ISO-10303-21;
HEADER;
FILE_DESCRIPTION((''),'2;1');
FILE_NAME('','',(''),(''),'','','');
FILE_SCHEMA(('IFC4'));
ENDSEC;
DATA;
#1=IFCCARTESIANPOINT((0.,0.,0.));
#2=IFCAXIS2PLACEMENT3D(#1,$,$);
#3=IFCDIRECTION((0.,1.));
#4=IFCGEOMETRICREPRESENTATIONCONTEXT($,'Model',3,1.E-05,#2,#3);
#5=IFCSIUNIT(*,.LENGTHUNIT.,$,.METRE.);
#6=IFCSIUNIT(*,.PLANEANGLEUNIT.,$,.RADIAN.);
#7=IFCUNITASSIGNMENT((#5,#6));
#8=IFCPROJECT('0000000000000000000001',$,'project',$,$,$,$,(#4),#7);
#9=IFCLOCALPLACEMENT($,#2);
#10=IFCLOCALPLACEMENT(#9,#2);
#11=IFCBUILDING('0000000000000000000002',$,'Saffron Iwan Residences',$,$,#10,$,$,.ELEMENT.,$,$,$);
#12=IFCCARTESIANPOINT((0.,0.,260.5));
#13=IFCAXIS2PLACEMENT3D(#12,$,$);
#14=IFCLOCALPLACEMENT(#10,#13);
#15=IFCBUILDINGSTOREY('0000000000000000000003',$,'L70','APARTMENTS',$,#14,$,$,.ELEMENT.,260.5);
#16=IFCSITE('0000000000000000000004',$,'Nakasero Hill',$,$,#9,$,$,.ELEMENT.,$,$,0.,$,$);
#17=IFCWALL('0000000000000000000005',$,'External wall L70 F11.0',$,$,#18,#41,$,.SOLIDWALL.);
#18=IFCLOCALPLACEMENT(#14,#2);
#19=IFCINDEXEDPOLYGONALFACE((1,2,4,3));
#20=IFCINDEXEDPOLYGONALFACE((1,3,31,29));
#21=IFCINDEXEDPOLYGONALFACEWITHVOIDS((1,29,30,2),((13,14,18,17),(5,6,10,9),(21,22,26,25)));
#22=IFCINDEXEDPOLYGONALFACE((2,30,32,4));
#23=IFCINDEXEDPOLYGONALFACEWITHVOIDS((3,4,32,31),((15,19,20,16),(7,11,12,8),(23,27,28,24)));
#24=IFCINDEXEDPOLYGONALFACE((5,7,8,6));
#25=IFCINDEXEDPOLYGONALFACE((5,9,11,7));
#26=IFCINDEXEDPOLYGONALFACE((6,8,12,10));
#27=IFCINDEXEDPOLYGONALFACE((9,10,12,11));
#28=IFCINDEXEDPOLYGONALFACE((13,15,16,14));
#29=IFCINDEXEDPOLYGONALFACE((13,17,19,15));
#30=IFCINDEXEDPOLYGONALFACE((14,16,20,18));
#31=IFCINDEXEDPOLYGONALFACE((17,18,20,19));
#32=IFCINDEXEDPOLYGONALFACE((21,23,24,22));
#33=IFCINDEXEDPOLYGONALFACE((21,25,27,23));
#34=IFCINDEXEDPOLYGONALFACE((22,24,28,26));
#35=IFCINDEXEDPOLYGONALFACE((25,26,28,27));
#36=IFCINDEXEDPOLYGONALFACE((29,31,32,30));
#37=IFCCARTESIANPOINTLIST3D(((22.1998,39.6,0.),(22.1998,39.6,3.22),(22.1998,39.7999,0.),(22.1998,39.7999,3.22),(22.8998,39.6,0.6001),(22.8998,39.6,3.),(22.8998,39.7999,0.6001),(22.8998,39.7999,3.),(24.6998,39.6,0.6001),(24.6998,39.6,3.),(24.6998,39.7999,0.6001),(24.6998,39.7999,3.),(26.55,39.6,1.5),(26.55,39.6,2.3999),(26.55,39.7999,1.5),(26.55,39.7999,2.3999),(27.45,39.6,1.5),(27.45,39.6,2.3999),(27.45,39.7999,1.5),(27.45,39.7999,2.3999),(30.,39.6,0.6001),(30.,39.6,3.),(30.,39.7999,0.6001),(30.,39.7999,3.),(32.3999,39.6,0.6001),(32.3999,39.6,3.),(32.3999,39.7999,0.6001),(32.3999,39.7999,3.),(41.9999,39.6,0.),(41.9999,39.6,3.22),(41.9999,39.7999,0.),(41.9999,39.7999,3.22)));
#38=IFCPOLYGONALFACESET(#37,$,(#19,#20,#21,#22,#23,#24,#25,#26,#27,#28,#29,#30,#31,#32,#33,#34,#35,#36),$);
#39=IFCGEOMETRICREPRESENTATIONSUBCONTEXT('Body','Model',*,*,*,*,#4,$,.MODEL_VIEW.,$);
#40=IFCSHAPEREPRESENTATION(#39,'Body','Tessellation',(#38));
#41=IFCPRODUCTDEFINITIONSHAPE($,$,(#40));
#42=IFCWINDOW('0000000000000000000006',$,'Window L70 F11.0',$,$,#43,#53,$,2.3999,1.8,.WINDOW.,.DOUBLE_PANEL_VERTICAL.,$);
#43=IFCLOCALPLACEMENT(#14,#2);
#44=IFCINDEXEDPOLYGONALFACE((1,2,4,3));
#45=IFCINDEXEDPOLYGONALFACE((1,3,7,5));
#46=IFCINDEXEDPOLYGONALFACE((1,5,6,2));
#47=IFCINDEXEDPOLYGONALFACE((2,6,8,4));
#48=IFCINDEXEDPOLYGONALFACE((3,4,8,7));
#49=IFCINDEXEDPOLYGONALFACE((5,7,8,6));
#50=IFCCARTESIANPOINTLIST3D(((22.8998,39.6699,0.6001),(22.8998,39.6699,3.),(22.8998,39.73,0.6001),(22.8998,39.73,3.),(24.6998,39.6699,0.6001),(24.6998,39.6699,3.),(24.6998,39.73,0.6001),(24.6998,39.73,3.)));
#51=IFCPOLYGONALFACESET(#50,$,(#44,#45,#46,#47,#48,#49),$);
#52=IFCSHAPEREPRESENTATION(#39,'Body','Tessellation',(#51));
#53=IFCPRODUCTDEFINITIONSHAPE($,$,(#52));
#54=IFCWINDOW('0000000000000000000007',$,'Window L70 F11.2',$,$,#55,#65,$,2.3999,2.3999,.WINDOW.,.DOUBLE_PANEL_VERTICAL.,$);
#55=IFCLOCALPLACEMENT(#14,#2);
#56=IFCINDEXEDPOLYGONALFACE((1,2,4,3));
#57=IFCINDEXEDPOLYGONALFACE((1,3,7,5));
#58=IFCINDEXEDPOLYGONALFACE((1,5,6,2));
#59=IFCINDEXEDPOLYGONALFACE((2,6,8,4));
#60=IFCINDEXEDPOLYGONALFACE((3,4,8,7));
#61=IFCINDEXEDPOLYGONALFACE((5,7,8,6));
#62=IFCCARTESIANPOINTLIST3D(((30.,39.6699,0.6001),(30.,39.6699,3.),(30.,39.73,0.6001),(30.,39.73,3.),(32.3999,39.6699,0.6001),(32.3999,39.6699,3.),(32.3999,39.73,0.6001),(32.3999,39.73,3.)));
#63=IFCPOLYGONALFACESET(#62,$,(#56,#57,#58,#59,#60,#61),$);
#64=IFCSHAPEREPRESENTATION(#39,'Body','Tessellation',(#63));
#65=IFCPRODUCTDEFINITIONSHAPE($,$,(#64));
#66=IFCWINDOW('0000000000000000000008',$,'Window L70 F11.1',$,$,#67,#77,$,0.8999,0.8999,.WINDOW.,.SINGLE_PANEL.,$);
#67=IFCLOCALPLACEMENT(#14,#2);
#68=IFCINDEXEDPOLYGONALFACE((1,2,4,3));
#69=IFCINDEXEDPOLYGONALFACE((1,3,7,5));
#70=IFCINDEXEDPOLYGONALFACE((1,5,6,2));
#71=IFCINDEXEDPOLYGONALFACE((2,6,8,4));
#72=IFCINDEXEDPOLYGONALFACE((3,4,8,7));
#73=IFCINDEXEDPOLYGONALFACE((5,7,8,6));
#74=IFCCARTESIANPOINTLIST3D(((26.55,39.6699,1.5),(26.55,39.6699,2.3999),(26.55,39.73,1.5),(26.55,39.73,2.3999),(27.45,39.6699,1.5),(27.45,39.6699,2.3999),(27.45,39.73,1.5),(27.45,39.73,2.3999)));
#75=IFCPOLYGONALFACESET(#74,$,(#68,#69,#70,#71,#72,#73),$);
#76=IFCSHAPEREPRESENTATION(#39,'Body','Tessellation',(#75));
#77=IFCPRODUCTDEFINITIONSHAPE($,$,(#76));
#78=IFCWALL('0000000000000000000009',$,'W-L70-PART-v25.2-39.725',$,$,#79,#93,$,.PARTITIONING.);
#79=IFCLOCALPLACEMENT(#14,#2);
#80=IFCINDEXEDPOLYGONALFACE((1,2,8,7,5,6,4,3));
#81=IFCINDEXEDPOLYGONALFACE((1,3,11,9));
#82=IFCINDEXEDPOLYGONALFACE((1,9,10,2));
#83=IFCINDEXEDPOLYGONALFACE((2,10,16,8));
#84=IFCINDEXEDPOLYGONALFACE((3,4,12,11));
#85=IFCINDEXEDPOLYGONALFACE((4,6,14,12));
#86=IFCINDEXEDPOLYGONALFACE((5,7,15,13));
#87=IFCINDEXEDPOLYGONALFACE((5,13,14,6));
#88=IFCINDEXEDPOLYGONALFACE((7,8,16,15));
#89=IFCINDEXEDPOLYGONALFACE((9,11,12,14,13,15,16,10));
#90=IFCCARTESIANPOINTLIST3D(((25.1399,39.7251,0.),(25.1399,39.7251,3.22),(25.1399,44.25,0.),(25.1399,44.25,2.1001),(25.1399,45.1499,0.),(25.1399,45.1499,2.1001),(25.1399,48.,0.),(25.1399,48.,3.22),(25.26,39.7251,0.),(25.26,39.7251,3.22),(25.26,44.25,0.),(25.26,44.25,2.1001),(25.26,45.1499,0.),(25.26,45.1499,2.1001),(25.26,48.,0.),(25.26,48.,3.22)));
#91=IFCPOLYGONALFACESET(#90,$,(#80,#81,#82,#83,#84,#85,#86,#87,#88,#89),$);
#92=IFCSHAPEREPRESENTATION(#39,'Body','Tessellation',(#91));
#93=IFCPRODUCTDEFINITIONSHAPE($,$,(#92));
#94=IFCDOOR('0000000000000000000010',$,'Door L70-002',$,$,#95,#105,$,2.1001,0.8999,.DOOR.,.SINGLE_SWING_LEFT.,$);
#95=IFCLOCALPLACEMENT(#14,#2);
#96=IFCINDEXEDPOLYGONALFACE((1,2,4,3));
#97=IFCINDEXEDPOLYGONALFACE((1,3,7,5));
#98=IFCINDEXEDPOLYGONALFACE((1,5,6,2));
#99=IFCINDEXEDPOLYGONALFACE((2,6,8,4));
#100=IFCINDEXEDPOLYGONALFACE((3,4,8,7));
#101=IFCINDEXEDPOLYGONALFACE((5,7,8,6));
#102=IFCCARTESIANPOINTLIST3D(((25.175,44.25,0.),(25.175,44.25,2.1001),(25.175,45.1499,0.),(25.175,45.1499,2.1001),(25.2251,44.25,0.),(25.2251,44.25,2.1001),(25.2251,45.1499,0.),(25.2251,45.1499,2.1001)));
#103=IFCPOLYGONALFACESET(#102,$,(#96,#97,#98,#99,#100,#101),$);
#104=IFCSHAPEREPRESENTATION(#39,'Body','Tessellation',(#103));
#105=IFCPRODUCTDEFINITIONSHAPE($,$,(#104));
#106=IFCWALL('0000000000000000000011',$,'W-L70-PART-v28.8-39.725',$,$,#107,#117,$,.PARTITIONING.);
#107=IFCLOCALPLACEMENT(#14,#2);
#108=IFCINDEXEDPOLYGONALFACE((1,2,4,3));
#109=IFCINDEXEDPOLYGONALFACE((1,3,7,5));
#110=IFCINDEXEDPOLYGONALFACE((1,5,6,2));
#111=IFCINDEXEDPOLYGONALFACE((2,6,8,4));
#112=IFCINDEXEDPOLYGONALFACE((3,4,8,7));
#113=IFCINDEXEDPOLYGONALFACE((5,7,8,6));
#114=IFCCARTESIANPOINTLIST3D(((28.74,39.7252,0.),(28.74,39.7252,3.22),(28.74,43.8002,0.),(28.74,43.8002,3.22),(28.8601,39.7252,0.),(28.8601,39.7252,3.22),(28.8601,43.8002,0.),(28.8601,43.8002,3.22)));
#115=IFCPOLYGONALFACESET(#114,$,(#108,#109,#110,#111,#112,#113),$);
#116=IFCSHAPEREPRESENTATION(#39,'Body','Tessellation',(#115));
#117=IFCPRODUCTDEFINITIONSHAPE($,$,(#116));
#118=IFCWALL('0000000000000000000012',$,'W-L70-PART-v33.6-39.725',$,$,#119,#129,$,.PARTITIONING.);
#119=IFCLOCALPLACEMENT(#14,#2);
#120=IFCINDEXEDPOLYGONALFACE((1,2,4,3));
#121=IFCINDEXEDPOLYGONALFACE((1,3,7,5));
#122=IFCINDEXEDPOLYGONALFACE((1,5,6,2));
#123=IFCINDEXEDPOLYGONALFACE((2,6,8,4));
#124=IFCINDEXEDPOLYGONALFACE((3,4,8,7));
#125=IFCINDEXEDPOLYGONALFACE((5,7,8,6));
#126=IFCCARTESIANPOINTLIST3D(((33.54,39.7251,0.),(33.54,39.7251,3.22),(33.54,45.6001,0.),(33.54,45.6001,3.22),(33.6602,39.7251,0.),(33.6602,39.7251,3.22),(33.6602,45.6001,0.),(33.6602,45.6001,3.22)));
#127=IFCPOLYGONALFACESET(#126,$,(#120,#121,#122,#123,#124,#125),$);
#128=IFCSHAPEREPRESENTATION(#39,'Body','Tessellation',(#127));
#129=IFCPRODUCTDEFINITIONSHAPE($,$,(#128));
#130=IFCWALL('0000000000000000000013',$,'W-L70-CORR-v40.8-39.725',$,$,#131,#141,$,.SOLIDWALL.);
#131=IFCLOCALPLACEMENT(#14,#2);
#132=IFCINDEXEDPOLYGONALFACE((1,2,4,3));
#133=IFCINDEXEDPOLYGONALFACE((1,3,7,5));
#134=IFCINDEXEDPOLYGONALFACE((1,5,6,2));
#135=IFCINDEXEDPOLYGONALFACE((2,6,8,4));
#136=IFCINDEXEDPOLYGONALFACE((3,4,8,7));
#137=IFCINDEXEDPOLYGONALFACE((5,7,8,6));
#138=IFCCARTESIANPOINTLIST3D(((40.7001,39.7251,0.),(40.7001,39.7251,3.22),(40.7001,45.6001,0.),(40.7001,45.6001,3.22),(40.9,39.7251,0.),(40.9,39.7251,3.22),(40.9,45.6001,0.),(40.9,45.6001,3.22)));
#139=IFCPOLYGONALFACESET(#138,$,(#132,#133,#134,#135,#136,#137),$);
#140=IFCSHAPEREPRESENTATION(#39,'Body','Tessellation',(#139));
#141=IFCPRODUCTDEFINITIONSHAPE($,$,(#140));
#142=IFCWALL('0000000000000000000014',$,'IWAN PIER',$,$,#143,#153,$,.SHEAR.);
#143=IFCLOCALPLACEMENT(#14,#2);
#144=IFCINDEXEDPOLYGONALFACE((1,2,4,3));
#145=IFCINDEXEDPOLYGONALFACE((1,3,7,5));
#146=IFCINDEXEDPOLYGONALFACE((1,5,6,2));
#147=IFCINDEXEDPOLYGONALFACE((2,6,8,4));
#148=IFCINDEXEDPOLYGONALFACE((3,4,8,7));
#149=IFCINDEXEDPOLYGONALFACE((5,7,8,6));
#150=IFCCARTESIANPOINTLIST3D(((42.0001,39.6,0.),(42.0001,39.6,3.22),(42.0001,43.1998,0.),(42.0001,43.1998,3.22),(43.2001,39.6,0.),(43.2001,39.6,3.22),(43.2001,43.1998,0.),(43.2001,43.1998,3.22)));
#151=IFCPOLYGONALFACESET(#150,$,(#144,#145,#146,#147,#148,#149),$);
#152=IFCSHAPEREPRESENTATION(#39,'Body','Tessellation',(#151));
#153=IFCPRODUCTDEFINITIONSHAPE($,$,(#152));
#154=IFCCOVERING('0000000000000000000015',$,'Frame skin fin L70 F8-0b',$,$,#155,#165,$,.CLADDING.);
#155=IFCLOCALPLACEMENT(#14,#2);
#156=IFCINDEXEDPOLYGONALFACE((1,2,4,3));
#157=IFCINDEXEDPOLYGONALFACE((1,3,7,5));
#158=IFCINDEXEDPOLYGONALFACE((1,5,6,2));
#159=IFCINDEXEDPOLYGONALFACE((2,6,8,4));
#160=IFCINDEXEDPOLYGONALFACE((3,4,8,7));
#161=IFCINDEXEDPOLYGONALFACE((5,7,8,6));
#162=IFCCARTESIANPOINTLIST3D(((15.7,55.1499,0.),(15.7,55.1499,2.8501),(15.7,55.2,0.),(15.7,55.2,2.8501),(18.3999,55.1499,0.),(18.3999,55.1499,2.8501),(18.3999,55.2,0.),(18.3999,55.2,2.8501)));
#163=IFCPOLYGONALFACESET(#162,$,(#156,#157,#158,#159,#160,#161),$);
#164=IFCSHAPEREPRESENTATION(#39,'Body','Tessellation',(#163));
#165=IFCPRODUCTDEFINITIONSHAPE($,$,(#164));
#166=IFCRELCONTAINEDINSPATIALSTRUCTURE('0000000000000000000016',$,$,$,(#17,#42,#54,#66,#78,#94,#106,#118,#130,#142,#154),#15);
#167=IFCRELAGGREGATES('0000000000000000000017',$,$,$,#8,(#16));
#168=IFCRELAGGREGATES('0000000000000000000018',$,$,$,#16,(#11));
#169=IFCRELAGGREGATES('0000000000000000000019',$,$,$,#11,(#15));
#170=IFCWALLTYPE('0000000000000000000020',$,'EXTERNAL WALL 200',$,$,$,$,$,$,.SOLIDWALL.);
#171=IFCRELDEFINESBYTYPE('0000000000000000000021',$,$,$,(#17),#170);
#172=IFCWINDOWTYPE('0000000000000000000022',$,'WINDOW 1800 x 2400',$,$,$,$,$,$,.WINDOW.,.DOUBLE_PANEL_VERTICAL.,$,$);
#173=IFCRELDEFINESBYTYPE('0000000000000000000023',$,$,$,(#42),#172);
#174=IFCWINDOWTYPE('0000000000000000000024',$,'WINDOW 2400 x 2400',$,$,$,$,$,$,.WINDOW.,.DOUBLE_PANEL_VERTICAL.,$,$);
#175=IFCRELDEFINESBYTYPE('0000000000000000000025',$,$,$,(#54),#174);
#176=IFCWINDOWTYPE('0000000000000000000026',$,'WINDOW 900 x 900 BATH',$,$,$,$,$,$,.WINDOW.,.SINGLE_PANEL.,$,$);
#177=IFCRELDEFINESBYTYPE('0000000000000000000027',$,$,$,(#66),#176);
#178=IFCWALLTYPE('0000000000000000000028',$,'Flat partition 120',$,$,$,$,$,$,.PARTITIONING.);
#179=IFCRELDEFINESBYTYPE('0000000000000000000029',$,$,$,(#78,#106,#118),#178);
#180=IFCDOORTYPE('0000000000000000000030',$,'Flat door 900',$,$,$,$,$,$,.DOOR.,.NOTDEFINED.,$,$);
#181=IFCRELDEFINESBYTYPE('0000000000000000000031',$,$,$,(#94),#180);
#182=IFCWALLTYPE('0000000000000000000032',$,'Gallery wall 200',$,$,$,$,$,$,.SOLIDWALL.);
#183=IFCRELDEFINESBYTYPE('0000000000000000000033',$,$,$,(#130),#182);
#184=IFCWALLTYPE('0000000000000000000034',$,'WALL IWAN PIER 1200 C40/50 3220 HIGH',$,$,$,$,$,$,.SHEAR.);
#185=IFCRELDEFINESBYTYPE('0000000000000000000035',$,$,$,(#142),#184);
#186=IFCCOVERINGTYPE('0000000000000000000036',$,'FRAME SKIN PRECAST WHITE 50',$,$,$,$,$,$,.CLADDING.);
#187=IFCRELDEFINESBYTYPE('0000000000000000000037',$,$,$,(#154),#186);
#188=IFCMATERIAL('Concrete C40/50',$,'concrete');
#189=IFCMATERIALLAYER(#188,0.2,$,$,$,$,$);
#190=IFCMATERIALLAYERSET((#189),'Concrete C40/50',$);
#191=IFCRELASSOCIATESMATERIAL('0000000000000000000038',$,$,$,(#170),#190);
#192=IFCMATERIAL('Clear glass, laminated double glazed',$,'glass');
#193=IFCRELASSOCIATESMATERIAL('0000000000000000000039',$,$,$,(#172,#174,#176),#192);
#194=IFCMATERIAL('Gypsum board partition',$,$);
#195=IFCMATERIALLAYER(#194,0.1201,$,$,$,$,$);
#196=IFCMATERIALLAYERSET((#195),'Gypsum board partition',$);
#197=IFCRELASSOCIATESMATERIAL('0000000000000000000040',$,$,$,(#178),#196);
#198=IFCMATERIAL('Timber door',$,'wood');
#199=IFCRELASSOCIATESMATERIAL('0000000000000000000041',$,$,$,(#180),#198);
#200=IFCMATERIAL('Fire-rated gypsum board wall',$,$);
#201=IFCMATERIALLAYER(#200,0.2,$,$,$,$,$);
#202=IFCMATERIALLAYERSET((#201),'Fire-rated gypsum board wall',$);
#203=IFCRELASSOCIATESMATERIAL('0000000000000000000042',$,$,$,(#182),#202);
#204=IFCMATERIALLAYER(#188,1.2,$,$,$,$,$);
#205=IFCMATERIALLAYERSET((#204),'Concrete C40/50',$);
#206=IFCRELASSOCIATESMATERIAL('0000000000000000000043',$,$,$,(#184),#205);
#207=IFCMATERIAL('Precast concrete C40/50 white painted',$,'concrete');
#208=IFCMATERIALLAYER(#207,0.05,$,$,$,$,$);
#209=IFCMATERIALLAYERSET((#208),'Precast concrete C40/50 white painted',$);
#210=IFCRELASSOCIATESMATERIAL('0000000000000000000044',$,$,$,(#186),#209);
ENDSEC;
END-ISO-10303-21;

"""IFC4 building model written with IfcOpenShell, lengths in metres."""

from ifc_helpers import new_model, si_unit, direction, frame, frame_2d, origin, place, context, subcontext, project, spatial, polyline, rectangle, outline, extrude, material, layer, layer_set, type_object, element, fill, save


model = new_model("IFC4")

# Units and contexts
model_context = context("Model", 3, precision=1e-05, world=origin(), true_north=direction((0.0, 1.0)))
body_context = subcontext(model_context, "Body", "Model", "MODEL_VIEW")
ifc_project = project(units=[si_unit("LENGTHUNIT", "METRE"), si_unit("PLANEANGLEUNIT", "RADIAN")], contexts=[model_context])

# Site, building, storey
site_placement = place(None, origin())
site = spatial("IfcSite", under=ifc_project, at=site_placement, Name="Nakasero Hill", CompositionType="ELEMENT", RefElevation=0.0)
building_placement = place(site_placement, origin())
building = spatial("IfcBuilding", under=site, at=building_placement, Name="Saffron Iwan Residences", CompositionType="ELEMENT")
storey_placement = place(building_placement, frame((0.0, 0.0, 260.5)))
storey = spatial("IfcBuildingStorey", under=building, at=storey_placement, Name="L70", Description="APARTMENTS", CompositionType="ELEMENT", Elevation=260.5)

# Shared definitions
ifc_material_1 = material(Name="Clear glass, laminated double glazed", Category="glass")

# Wall, openings, windows
ifc_material_2 = material(Name="Concrete C40/50", Category="concrete")
ifc_layer_1 = layer(ifc_material_2, 0.2)
ifc_layer_set_1 = layer_set([ifc_layer_1], Name="Concrete C40/50")
wall_type_1 = type_object("IfcWallType", Name="EXTERNAL WALL 200", PredefinedType="SOLIDWALL", material=ifc_layer_set_1)
wall_1_placement = place(storey_placement, frame((22.2, 39.7, 0.0), z_axis=(0.0, 0.0, 1.0), x_axis=(1.0, 0.0, 0.0)))
wall_1 = element("IfcWall", 1, at=wall_1_placement, inside=storey, type_object=wall_type_1, Name="External wall L70 F11.0", PredefinedType="SOLIDWALL", context=body_context, shape_type="SweptSolid", body=[
    extrude(rectangle(XDim=19.8, YDim=0.2, at=frame_2d((9.8999, 0.0))), origin(), (0.0, 0.0, 1.0), 3.22),
])
opening_1_placement = place(wall_1_placement, frame((0.7, 0.0, 0.6001)))
opening_1 = element("IfcOpeningElement", 2, at=opening_1_placement, cuts=wall_1, PredefinedType="OPENING", context=body_context, shape_type="SweptSolid", body=[
    extrude(rectangle(XDim=1.8, YDim=2.3999, at=frame_2d((0.8999, 1.2))), frame((0.0, 0.1099, 0.0), z_axis=(0.0, -1.0, 0.0), x_axis=(1.0, 0.0, 0.0)), (0.0, 0.0, 1.0), 0.22),
])
opening_2_placement = place(wall_1_placement, frame((4.3501, 0.0, 1.5)))
opening_2 = element("IfcOpeningElement", 3, at=opening_2_placement, cuts=wall_1, PredefinedType="OPENING", context=body_context, shape_type="SweptSolid", body=[
    extrude(rectangle(XDim=0.8999, YDim=0.8999, at=frame_2d((0.45, 0.45))), frame((0.0, 0.1099, 0.0), z_axis=(0.0, -1.0, 0.0), x_axis=(1.0, 0.0, 0.0)), (0.0, 0.0, 1.0), 0.22),
])
opening_3_placement = place(wall_1_placement, frame((7.8, 0.0, 0.6001)))
opening_3 = element("IfcOpeningElement", 4, at=opening_3_placement, cuts=wall_1, PredefinedType="OPENING", context=body_context, shape_type="SweptSolid", body=[
    extrude(rectangle(XDim=2.3999, YDim=2.3999, at=frame_2d((1.2, 1.2))), frame((0.0, 0.1099, 0.0), z_axis=(0.0, -1.0, 0.0), x_axis=(1.0, 0.0, 0.0)), (0.0, 0.0, 1.0), 0.22),
])
window_type_1 = type_object("IfcWindowType", Name="WINDOW 1800 x 2400", PartitioningType="DOUBLE_PANEL_VERTICAL", PredefinedType="WINDOW", material=ifc_material_1)
window_1_placement = place(opening_1_placement, origin())
window_1 = element("IfcWindow", 5, at=window_1_placement, inside=storey, type_object=window_type_1, Name="Window L70 F11.0", OverallHeight=2.3999, OverallWidth=1.8, PartitioningType="DOUBLE_PANEL_VERTICAL", PredefinedType="WINDOW", context=body_context, shape_type="SweptSolid", body=[
    extrude(rectangle(XDim=1.8, YDim=2.3999, at=frame_2d((0.8999, 1.2))), frame((0.0, 0.03, 0.0), z_axis=(0.0, -1.0, 0.0), x_axis=(1.0, 0.0, 0.0)), (0.0, 0.0, 1.0), 0.0601),
])
fill(opening_1, window_1)
window_type_2 = type_object("IfcWindowType", Name="WINDOW 2400 x 2400", PartitioningType="DOUBLE_PANEL_VERTICAL", PredefinedType="WINDOW", material=ifc_material_1)
window_2_placement = place(opening_3_placement, origin())
window_2 = element("IfcWindow", 6, at=window_2_placement, inside=storey, type_object=window_type_2, Name="Window L70 F11.2", OverallHeight=2.3999, OverallWidth=2.3999, PartitioningType="DOUBLE_PANEL_VERTICAL", PredefinedType="WINDOW", context=body_context, shape_type="SweptSolid", body=[
    extrude(rectangle(XDim=2.3999, YDim=2.3999, at=frame_2d((1.2, 1.2))), frame((0.0, 0.03, 0.0), z_axis=(0.0, -1.0, 0.0), x_axis=(1.0, 0.0, 0.0)), (0.0, 0.0, 1.0), 0.0601),
])
fill(opening_3, window_2)
window_type_3 = type_object("IfcWindowType", Name="WINDOW 900 x 900 BATH", PartitioningType="SINGLE_PANEL", PredefinedType="WINDOW", material=ifc_material_1)
window_3_placement = place(opening_2_placement, origin())
window_3 = element("IfcWindow", 7, at=window_3_placement, inside=storey, type_object=window_type_3, Name="Window L70 F11.1", OverallHeight=0.8999, OverallWidth=0.8999, PartitioningType="SINGLE_PANEL", PredefinedType="WINDOW", context=body_context, shape_type="SweptSolid", body=[
    extrude(rectangle(XDim=0.8999, YDim=0.8999, at=frame_2d((0.45, 0.45))), frame((0.0, 0.03, 0.0), z_axis=(0.0, -1.0, 0.0), x_axis=(1.0, 0.0, 0.0)), (0.0, 0.0, 1.0), 0.0601),
])
fill(opening_2, window_3)

# Wall, opening, door
ifc_material_3 = material(Name="Gypsum board partition")
ifc_layer_2 = layer(ifc_material_3, 0.1201)
ifc_layer_set_2 = layer_set([ifc_layer_2], Name="Gypsum board partition")
wall_type_2 = type_object("IfcWallType", Name="Flat partition 120", PredefinedType="PARTITIONING", material=ifc_layer_set_2)
wall_2_placement = place(storey_placement, frame((25.2, 39.7251, 0.0), z_axis=(0.0, 0.0, 1.0), x_axis=(0.0, 1.0, 0.0)))
wall_2 = element("IfcWall", 8, at=wall_2_placement, inside=storey, type_object=wall_type_2, Name="W-L70-PART-v25.2-39.725", PredefinedType="PARTITIONING", context=body_context, shape_type="SweptSolid", body=[
    extrude(rectangle(XDim=8.2749, YDim=0.1201, at=frame_2d((4.1375, 0.0))), origin(), (0.0, 0.0, 1.0), 3.22),
])
opening_4_placement = place(wall_2_placement, frame((4.5249, 0.0, 0.0)))
opening_4 = element("IfcOpeningElement", 9, at=opening_4_placement, cuts=wall_2, PredefinedType="OPENING", context=body_context, shape_type="SweptSolid", body=[
    extrude(rectangle(XDim=0.8999, YDim=2.1001, at=frame_2d((0.45, 1.05))), frame((0.0, 0.0701, 0.0), z_axis=(0.0, -1.0, 0.0), x_axis=(1.0, 0.0, 0.0)), (0.0, 0.0, 1.0), 0.1401),
])
ifc_material_4 = material(Name="Timber door", Category="wood")
door_type = type_object("IfcDoorType", Name="Flat door 900", OperationType="NOTDEFINED", PredefinedType="DOOR", material=ifc_material_4)
door_placement = place(opening_4_placement, origin())
door = element("IfcDoor", 10, at=door_placement, inside=storey, type_object=door_type, Name="Door L70-002", OperationType="SINGLE_SWING_LEFT", OverallHeight=2.1001, OverallWidth=0.8999, PredefinedType="DOOR", context=body_context, shape_type="SweptSolid", body=[
    extrude(rectangle(XDim=0.8999, YDim=2.1001, at=frame_2d((0.45, 1.05))), frame((0.0, 0.0249, 0.0), z_axis=(0.0, -1.0, 0.0), x_axis=(1.0, 0.0, 0.0)), (0.0, 0.0, 1.0), 0.05),
])
fill(opening_4, door)

# Walls
wall_3_placement = place(storey_placement, frame((28.8, 39.7251, 0.0), z_axis=(0.0, 0.0, 1.0), x_axis=(0.0, 1.0, 0.0)))
element("IfcWall", 11, at=wall_3_placement, inside=storey, type_object=wall_type_2, Name="W-L70-PART-v28.8-39.725", PredefinedType="PARTITIONING", context=body_context, shape_type="SweptSolid", body=[
    extrude(rectangle(XDim=4.075, YDim=0.1201, at=frame_2d((2.0376, 0.0))), origin(), (0.0, 0.0, 1.0), 3.22),
])
wall_4_placement = place(storey_placement, frame((33.6001, 39.7251, 0.0), z_axis=(0.0, 0.0, 1.0), x_axis=(0.0, 1.0, 0.0)))
element("IfcWall", 12, at=wall_4_placement, inside=storey, type_object=wall_type_2, Name="W-L70-PART-v33.6-39.725", PredefinedType="PARTITIONING", context=body_context, shape_type="SweptSolid", body=[
    extrude(rectangle(XDim=5.875, YDim=0.1201, at=frame_2d((2.9375, 0.0))), origin(), (0.0, 0.0, 1.0), 3.22),
])
ifc_material_5 = material(Name="Fire-rated gypsum board wall")
ifc_layer_3 = layer(ifc_material_5, 0.2)
ifc_layer_set_3 = layer_set([ifc_layer_3], Name="Fire-rated gypsum board wall")
wall_type_3 = type_object("IfcWallType", Name="Gallery wall 200", PredefinedType="SOLIDWALL", material=ifc_layer_set_3)
wall_5_placement = place(storey_placement, frame((40.8, 39.7251, 0.0), z_axis=(0.0, 0.0, 1.0), x_axis=(0.0, 1.0, 0.0)))
element("IfcWall", 13, at=wall_5_placement, inside=storey, type_object=wall_type_3, Name="W-L70-CORR-v40.8-39.725", PredefinedType="SOLIDWALL", context=body_context, shape_type="SweptSolid", body=[
    extrude(rectangle(XDim=5.875, YDim=0.2, at=frame_2d((2.9375, 0.0))), origin(), (0.0, 0.0, 1.0), 3.22),
])
ifc_layer_4 = layer(ifc_material_2, 1.2)
ifc_layer_set_4 = layer_set([ifc_layer_4], Name="Concrete C40/50")
wall_type_4 = type_object("IfcWallType", Name="WALL IWAN PIER 1200 C40/50 3220 HIGH", PredefinedType="SHEAR", material=ifc_layer_set_4)
wall_6_placement = place(storey_placement, frame((42.6001, 39.6001, 0.0), z_axis=(0.0, 0.0, 1.0), x_axis=(0.0, 1.0, 0.0)))
element("IfcWall", 14, at=wall_6_placement, inside=storey, type_object=wall_type_4, Name="IWAN PIER", PredefinedType="SHEAR", context=body_context, shape_type="SweptSolid", body=[
    extrude(rectangle(XDim=3.5999, YDim=1.2, at=frame_2d((1.7998, 0.0))), origin(), (0.0, 0.0, 1.0), 3.22),
])

# Covering
ifc_material_6 = material(Name="Precast concrete C40/50 white painted", Category="concrete")
ifc_layer_5 = layer(ifc_material_6, 0.05)
ifc_layer_set_5 = layer_set([ifc_layer_5], Name="Precast concrete C40/50 white painted")
covering_type_1 = type_object("IfcCoveringType", Name="FRAME SKIN PRECAST WHITE 50", PredefinedType="CLADDING", material=ifc_layer_set_5)
covering_1_placement = place(storey_placement, origin())
element("IfcCovering", 15, at=covering_1_placement, inside=storey, type_object=covering_type_1, Name="Frame skin fin L70 F8-0b", PredefinedType="CLADDING", context=body_context, shape_type="SweptSolid", body=[
    extrude(outline(polyline([(15.7, 55.2), (15.7, 55.1499), (18.3999, 55.1499), (18.3999, 55.2), (15.7, 55.2)])), origin(), (0.0, 0.0, 1.0), 2.8501),
])

save(model, "model.ifc")
